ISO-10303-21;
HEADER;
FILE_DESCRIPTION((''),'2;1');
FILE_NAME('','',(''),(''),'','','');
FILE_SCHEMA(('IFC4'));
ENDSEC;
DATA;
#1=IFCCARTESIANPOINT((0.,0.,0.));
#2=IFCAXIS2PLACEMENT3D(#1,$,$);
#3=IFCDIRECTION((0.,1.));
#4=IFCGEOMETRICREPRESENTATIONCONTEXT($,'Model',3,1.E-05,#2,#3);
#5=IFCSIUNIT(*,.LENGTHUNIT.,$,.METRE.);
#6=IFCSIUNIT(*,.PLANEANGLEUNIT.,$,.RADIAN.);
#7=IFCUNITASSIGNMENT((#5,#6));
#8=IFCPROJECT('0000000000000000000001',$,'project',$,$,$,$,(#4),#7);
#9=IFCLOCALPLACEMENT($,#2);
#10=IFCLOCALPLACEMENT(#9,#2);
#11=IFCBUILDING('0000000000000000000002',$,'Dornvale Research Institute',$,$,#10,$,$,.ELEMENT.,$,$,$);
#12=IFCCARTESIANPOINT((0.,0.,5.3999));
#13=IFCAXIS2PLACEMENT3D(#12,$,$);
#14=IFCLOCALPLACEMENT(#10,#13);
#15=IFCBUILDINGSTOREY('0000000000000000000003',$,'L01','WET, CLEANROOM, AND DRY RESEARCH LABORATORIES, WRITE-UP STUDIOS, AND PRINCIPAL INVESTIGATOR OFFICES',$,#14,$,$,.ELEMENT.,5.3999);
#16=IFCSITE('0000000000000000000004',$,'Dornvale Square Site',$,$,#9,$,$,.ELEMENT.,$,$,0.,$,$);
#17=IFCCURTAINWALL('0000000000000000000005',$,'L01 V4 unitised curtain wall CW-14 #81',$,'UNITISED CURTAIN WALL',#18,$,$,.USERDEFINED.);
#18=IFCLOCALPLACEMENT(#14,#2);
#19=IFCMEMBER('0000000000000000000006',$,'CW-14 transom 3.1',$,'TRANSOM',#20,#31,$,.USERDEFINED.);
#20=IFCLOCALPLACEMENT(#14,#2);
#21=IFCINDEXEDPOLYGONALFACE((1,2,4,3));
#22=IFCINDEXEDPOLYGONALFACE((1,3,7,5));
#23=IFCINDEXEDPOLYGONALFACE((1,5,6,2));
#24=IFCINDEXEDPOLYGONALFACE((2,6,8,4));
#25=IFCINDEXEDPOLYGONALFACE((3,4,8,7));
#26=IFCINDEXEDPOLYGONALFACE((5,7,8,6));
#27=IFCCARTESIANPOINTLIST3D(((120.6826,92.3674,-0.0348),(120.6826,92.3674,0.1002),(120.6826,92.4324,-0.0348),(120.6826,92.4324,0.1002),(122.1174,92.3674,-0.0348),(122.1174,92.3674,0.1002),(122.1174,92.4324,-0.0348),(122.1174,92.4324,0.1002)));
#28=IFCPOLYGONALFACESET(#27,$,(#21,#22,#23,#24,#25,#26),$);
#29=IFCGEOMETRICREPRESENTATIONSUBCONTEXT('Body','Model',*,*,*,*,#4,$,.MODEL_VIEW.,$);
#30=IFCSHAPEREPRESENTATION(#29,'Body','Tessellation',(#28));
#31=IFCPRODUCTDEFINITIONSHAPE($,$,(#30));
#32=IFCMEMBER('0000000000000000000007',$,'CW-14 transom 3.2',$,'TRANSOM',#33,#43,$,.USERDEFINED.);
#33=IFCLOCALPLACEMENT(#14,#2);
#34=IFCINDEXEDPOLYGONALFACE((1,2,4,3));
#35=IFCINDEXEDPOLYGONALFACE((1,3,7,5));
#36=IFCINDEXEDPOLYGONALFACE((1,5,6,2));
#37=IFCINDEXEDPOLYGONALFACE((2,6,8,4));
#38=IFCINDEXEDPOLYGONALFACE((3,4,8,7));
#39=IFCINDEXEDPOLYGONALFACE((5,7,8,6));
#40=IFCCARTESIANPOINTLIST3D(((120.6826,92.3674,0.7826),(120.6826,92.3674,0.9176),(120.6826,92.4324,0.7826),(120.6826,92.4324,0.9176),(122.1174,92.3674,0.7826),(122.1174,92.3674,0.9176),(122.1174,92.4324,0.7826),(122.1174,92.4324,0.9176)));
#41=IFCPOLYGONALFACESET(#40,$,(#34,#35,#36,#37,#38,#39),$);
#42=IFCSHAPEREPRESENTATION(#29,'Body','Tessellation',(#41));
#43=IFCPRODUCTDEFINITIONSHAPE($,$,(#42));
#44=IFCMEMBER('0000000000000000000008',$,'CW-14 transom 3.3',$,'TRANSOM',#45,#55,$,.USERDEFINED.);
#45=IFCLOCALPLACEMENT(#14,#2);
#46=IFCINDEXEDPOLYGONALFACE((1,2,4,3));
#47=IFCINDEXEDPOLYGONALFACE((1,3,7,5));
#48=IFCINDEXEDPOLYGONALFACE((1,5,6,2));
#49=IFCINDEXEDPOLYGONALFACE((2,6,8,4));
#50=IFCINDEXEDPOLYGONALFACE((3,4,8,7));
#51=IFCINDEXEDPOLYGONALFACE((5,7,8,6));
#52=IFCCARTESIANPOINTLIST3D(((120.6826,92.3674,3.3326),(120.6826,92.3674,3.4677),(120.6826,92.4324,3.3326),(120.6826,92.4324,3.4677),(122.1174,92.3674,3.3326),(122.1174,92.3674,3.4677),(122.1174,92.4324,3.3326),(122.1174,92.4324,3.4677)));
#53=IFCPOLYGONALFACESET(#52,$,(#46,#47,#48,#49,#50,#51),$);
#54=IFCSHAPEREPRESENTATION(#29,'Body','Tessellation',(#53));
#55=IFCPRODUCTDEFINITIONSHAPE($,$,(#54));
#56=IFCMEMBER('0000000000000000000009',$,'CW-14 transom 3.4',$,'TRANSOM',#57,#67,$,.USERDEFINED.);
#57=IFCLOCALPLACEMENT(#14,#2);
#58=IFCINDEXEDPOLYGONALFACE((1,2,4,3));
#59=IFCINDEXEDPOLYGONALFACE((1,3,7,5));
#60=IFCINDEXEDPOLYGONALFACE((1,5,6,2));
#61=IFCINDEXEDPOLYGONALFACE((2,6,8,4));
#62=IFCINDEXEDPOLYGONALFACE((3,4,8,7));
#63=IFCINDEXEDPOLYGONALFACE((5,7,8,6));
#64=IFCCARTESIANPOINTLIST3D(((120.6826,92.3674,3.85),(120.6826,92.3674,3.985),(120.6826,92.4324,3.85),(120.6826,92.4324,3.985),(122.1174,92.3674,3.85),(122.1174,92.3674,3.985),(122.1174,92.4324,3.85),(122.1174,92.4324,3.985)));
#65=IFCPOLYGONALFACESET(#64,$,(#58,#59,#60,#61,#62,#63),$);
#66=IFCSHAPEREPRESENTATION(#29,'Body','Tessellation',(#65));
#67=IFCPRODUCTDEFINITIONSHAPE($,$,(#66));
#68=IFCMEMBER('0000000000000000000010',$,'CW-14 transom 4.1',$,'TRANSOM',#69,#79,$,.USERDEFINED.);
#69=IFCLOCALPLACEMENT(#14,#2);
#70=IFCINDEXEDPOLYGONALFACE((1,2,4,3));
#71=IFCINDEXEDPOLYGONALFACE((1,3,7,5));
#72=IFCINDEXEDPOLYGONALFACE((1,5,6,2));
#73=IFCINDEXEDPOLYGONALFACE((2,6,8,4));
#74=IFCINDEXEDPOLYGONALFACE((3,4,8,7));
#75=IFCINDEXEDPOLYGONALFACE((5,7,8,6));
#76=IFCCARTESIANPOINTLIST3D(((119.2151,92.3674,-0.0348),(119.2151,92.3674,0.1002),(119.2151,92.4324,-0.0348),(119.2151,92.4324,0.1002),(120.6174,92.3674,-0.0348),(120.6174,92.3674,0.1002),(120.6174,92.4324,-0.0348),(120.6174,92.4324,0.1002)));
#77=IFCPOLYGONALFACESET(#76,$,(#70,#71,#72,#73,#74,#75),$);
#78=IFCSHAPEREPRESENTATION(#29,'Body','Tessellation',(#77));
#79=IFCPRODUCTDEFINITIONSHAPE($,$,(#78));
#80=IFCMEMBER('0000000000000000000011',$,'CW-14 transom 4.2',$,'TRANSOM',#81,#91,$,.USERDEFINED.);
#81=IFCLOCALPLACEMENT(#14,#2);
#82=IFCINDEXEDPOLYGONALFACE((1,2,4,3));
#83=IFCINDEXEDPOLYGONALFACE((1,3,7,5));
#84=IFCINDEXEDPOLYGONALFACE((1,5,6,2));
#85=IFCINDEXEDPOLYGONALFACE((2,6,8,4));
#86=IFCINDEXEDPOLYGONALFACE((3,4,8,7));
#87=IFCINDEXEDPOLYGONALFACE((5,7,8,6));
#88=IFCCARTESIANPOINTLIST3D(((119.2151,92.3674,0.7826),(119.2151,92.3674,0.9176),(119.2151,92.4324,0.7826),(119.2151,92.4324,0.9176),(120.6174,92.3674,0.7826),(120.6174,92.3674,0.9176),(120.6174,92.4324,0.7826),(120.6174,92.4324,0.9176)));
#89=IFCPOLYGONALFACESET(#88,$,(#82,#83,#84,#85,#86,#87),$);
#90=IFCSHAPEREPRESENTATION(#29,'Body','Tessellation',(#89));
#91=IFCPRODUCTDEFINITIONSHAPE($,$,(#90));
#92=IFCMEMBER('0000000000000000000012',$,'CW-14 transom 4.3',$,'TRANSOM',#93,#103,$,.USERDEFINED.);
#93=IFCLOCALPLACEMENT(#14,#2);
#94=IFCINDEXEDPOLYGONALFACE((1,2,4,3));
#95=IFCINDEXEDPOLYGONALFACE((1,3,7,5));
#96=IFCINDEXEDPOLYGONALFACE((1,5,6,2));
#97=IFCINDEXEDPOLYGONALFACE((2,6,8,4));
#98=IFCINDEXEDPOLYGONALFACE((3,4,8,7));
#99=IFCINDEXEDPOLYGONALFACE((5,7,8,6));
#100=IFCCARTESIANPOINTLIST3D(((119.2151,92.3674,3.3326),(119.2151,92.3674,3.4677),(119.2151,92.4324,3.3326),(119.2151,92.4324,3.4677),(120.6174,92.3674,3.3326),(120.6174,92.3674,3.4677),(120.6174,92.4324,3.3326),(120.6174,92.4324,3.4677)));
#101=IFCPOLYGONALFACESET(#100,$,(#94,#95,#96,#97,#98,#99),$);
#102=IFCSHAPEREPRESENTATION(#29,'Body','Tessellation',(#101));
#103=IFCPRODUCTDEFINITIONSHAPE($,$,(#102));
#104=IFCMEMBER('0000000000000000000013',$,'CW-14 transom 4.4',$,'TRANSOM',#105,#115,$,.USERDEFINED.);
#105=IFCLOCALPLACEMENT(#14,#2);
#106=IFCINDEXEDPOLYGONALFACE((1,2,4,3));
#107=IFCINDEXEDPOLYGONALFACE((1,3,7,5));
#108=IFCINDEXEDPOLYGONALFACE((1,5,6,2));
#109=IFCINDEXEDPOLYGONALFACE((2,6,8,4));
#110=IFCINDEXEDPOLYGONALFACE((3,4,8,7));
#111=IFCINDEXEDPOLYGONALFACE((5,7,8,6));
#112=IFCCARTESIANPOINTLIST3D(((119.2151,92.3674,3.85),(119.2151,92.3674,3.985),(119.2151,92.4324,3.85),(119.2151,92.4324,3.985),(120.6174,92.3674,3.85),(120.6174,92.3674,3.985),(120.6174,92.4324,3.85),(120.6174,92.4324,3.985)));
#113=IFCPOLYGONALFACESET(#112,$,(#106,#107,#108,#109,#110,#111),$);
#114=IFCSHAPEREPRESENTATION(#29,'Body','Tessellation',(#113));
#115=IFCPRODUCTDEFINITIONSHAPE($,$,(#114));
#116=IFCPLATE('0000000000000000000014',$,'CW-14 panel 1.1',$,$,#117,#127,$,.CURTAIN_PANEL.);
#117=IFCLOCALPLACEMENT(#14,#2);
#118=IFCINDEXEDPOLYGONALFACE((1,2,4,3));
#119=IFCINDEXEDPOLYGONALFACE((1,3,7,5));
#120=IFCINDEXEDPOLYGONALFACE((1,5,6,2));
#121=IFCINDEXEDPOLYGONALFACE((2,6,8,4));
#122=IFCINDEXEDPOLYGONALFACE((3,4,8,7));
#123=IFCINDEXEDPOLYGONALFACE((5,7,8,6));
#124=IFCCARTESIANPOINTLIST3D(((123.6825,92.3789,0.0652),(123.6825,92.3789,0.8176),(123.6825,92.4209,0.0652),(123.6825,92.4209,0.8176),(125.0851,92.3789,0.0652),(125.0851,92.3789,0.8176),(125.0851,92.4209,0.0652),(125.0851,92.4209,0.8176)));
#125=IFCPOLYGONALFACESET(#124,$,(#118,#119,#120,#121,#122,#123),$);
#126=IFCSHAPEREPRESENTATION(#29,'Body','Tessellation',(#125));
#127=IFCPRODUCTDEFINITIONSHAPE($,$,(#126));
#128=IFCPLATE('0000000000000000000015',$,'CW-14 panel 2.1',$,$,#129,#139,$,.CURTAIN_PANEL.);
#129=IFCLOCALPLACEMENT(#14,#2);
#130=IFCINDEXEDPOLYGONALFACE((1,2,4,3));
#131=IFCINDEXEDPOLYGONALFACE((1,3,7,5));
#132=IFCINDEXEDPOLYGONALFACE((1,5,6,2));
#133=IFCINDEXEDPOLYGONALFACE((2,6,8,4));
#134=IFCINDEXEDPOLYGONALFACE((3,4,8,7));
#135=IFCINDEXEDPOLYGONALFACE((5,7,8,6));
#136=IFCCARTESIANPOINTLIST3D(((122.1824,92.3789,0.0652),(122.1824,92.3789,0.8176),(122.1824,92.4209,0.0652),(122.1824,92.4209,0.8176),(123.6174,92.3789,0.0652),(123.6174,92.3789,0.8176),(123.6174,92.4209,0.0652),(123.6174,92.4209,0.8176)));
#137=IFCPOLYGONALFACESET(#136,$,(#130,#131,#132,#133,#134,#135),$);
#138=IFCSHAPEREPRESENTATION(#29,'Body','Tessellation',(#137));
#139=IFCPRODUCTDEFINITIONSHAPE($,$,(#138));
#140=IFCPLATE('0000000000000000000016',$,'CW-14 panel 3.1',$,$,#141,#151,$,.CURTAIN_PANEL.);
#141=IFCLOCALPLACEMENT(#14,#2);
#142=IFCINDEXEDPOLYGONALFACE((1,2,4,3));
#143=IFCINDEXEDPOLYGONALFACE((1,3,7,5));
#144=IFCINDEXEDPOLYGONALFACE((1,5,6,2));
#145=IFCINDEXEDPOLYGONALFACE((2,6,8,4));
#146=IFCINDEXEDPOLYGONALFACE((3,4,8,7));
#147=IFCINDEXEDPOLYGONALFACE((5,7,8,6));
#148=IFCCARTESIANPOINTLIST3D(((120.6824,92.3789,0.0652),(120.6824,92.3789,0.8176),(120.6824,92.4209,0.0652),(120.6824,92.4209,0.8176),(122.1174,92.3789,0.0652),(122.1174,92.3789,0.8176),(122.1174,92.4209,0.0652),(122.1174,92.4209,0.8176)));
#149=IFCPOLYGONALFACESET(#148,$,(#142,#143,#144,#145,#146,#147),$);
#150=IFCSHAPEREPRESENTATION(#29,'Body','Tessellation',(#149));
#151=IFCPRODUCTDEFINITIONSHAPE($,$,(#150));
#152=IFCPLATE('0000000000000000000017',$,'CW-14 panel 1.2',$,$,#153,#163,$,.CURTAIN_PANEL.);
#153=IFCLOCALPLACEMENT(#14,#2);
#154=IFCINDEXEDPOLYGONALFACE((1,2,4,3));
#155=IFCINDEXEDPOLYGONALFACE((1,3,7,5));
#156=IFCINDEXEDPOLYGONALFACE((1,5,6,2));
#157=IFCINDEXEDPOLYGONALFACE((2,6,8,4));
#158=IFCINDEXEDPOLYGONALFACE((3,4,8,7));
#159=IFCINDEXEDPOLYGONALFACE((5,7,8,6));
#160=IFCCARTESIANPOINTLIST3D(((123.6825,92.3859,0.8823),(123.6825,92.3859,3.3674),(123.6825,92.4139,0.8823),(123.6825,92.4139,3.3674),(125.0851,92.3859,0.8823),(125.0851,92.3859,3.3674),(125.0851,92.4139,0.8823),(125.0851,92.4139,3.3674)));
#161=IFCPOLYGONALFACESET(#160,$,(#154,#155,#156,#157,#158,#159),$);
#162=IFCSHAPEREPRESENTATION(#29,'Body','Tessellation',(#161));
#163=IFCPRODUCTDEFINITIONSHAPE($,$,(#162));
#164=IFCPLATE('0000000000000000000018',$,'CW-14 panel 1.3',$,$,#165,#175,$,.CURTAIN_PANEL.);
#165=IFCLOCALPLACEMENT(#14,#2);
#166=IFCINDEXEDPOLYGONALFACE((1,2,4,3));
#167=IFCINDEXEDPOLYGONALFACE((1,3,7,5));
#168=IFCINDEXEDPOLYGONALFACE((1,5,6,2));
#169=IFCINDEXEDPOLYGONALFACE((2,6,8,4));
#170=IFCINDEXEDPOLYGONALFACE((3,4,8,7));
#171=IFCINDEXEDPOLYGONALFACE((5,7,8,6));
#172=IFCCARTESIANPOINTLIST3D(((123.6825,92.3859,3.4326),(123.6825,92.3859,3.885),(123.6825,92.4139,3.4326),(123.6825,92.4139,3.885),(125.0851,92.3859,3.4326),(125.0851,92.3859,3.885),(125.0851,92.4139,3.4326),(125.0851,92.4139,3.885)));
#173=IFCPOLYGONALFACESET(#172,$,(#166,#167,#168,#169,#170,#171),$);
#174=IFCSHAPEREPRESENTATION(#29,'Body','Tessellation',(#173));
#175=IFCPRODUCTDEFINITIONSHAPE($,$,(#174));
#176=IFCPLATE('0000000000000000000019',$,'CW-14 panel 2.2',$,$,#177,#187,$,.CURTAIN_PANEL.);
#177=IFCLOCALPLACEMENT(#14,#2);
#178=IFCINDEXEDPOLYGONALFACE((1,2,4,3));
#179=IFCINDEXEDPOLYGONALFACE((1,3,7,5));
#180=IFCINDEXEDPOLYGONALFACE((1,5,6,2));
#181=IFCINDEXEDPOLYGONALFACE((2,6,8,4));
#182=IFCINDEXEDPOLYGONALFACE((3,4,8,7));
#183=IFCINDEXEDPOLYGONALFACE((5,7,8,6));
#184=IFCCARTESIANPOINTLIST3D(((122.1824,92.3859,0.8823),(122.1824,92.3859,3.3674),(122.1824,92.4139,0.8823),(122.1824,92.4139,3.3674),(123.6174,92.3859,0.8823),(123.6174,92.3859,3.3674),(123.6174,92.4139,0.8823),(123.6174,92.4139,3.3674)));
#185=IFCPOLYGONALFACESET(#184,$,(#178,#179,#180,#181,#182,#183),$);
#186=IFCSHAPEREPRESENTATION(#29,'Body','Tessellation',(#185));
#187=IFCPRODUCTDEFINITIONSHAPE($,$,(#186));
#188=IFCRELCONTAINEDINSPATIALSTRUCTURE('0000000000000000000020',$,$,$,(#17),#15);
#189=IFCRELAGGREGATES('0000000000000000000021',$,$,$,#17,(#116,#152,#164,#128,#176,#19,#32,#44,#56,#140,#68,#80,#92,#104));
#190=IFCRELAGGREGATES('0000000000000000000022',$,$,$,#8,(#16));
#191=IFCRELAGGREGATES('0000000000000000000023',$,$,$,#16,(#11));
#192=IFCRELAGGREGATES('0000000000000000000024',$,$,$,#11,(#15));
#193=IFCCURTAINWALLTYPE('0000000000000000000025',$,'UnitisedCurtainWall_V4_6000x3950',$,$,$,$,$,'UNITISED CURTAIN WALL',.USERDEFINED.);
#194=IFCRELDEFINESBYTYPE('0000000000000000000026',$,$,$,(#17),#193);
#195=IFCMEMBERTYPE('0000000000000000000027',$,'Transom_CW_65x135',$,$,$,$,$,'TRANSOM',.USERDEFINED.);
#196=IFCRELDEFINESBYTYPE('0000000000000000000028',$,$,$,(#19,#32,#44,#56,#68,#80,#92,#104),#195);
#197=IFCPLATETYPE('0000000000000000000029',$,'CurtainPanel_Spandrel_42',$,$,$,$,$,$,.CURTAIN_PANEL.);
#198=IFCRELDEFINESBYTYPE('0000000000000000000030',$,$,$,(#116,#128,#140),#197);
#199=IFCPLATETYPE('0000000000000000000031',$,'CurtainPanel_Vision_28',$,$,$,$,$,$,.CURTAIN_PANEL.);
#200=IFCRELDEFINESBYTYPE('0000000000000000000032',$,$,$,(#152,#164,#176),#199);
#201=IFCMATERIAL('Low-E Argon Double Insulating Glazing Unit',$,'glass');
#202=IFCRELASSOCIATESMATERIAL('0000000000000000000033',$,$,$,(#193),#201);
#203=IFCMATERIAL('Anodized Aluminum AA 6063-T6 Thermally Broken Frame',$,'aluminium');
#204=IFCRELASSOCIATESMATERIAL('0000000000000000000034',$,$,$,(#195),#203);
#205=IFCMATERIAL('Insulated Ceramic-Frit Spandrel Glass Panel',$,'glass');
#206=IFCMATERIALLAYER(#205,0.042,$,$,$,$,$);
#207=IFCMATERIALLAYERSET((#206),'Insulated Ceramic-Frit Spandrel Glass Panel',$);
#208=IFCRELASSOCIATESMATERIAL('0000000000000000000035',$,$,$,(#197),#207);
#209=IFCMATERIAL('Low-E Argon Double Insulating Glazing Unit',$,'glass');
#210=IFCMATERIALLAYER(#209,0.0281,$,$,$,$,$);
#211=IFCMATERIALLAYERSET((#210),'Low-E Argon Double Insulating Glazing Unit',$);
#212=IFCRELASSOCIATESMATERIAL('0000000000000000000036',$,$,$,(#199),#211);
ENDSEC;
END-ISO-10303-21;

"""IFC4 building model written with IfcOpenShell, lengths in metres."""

from ifc_helpers import new_model, si_unit, direction, frame, origin, origin_2d, place, context, subcontext, project, spatial, rectangle, extrude, material, layer, layer_set, material_profile, profile_set, type_object, element, aggregate, save


model = new_model("IFC4")

# Units and contexts
model_context = context("Model", 3, precision=1e-05, world=origin(), true_north=direction((0.0, 1.0)))
body_context = subcontext(model_context, "Body", "Model", "MODEL_VIEW")
ifc_project = project(units=[si_unit("LENGTHUNIT", "METRE"), si_unit("PLANEANGLEUNIT", "RADIAN")], contexts=[model_context])

# Site, building, storey
site_placement = place(None, origin())
site = spatial("IfcSite", under=ifc_project, at=site_placement, Name="Dornvale Square Site", CompositionType="ELEMENT", RefElevation=0.0)
building_placement = place(site_placement, origin())
building = spatial("IfcBuilding", under=site, at=building_placement, Name="Dornvale Research Institute", CompositionType="ELEMENT")
storey_placement = place(building_placement, frame((0.0, 0.0, 5.3999)))
storey = spatial("IfcBuildingStorey", under=building, at=storey_placement, Name="L01", Description="WET, CLEANROOM, AND DRY RESEARCH LABORATORIES, WRITE-UP STUDIOS, AND PRINCIPAL INVESTIGATOR OFFICES", CompositionType="ELEMENT", Elevation=5.3999)

# Curtain wall
ifc_material_1 = material(Name="Low-E Argon Double Insulating Glazing Unit", Category="glass")
curtain_wall_type = type_object("IfcCurtainWallType", Name="UnitisedCurtainWall_V4_6000x3950", ElementType="UNITISED CURTAIN WALL", PredefinedType="USERDEFINED", material=ifc_material_1)
curtain_wall_placement = place(storey_placement, origin())
curtain_wall = element("IfcCurtainWall", 1, at=curtain_wall_placement, inside=storey, type_object=curtain_wall_type, Name="L01 V4 unitised curtain wall CW-14 #81", ObjectType="UNITISED CURTAIN WALL", PredefinedType="USERDEFINED")

# Members
ifc_material_2 = material(Name="Anodized Aluminum AA 6063-T6 Thermally Broken Frame", Category="aluminium")
ifc_material_profile_1 = material_profile(ifc_material_2, rectangle(XDim=0.0649, YDim=0.135, at=origin_2d()), Name="ALU TRANSOM 65x135")
ifc_profile_set_1 = profile_set([ifc_material_profile_1], Name="Anodized Aluminum AA 6063-T6 Thermally Broken Frame")
member_type_1 = type_object("IfcMemberType", Name="Transom_CW_65x135", ElementType="TRANSOM", PredefinedType="USERDEFINED", material=ifc_profile_set_1)
member_1_placement = place(storey_placement, frame((122.1174, 92.3999, 0.0327), z_axis=(-1.0, 0.0, 0.0), x_axis=(0.0, -1.0, 0.0)))
member_1 = element("IfcMember", 2, at=member_1_placement, type_object=member_type_1, Name="CW-14 transom 3.1", ObjectType="TRANSOM", PredefinedType="USERDEFINED", context=body_context, shape_type="SweptSolid", body=[
    extrude(rectangle(XDim=0.0649, YDim=0.135, at=origin_2d()), origin(), (0.0, 0.0, 1.0), 1.4348),
])
member_2_placement = place(storey_placement, frame((122.1174, 92.3999, 0.8501), z_axis=(-1.0, 0.0, 0.0), x_axis=(0.0, -1.0, 0.0)))
member_2 = element("IfcMember", 3, at=member_2_placement, type_object=member_type_1, Name="CW-14 transom 3.2", ObjectType="TRANSOM", PredefinedType="USERDEFINED", context=body_context, shape_type="SweptSolid", body=[
    extrude(rectangle(XDim=0.0649, YDim=0.135, at=origin_2d()), origin(), (0.0, 0.0, 1.0), 1.4348),
])
member_3_placement = place(storey_placement, frame((122.1174, 92.3999, 3.4001), z_axis=(-1.0, 0.0, 0.0), x_axis=(0.0, -1.0, 0.0)))
member_3 = element("IfcMember", 4, at=member_3_placement, type_object=member_type_1, Name="CW-14 transom 3.3", ObjectType="TRANSOM", PredefinedType="USERDEFINED", context=body_context, shape_type="SweptSolid", body=[
    extrude(rectangle(XDim=0.0649, YDim=0.135, at=origin_2d()), origin(), (0.0, 0.0, 1.0), 1.4348),
])
member_4_placement = place(storey_placement, frame((122.1174, 92.3999, 3.9175), z_axis=(-1.0, 0.0, 0.0), x_axis=(0.0, -1.0, 0.0)))
member_4 = element("IfcMember", 5, at=member_4_placement, type_object=member_type_1, Name="CW-14 transom 3.4", ObjectType="TRANSOM", PredefinedType="USERDEFINED", context=body_context, shape_type="SweptSolid", body=[
    extrude(rectangle(XDim=0.0649, YDim=0.135, at=origin_2d()), origin(), (0.0, 0.0, 1.0), 1.4348),
])
member_5_placement = place(storey_placement, frame((120.6174, 92.3999, 0.0327), z_axis=(-1.0, 0.0, 0.0), x_axis=(0.0, -1.0, 0.0)))
member_5 = element("IfcMember", 6, at=member_5_placement, type_object=member_type_1, Name="CW-14 transom 4.1", ObjectType="TRANSOM", PredefinedType="USERDEFINED", context=body_context, shape_type="SweptSolid", body=[
    extrude(rectangle(XDim=0.0649, YDim=0.135, at=origin_2d()), origin(), (0.0, 0.0, 1.0), 1.4023),
])
member_6_placement = place(storey_placement, frame((120.6174, 92.3999, 0.8501), z_axis=(-1.0, 0.0, 0.0), x_axis=(0.0, -1.0, 0.0)))
member_6 = element("IfcMember", 7, at=member_6_placement, type_object=member_type_1, Name="CW-14 transom 4.2", ObjectType="TRANSOM", PredefinedType="USERDEFINED", context=body_context, shape_type="SweptSolid", body=[
    extrude(rectangle(XDim=0.0649, YDim=0.135, at=origin_2d()), origin(), (0.0, 0.0, 1.0), 1.4023),
])
member_7_placement = place(storey_placement, frame((120.6174, 92.3999, 3.4001), z_axis=(-1.0, 0.0, 0.0), x_axis=(0.0, -1.0, 0.0)))
member_7 = element("IfcMember", 8, at=member_7_placement, type_object=member_type_1, Name="CW-14 transom 4.3", ObjectType="TRANSOM", PredefinedType="USERDEFINED", context=body_context, shape_type="SweptSolid", body=[
    extrude(rectangle(XDim=0.0649, YDim=0.135, at=origin_2d()), origin(), (0.0, 0.0, 1.0), 1.4023),
])
member_8_placement = place(storey_placement, frame((120.6174, 92.3999, 3.9175), z_axis=(-1.0, 0.0, 0.0), x_axis=(0.0, -1.0, 0.0)))
member_8 = element("IfcMember", 9, at=member_8_placement, type_object=member_type_1, Name="CW-14 transom 4.4", ObjectType="TRANSOM", PredefinedType="USERDEFINED", context=body_context, shape_type="SweptSolid", body=[
    extrude(rectangle(XDim=0.0649, YDim=0.135, at=origin_2d()), origin(), (0.0, 0.0, 1.0), 1.4023),
])

# Plates
ifc_material_3 = material(Name="Insulated Ceramic-Frit Spandrel Glass Panel", Category="glass")
ifc_layer_1 = layer(ifc_material_3, 0.042)
ifc_layer_set_1 = layer_set([ifc_layer_1], Name="Insulated Ceramic-Frit Spandrel Glass Panel")
plate_type_1 = type_object("IfcPlateType", Name="CurtainPanel_Spandrel_42", PredefinedType="CURTAIN_PANEL", material=ifc_layer_set_1)
plate_1_placement = place(storey_placement, frame((124.3838, 92.3999, 0.0652), z_axis=(0.0, 0.0, 1.0), x_axis=(-1.0, 0.0, 0.0)))
plate_1 = element("IfcPlate", 10, at=plate_1_placement, type_object=plate_type_1, Name="CW-14 panel 1.1", PredefinedType="CURTAIN_PANEL", context=body_context, shape_type="SweptSolid", body=[
    extrude(rectangle(XDim=1.4026, YDim=0.042, at=origin_2d()), origin(), (0.0, 0.0, 1.0), 0.7524),
])
plate_2_placement = place(storey_placement, frame((122.8999, 92.3999, 0.0652), z_axis=(0.0, 0.0, 1.0), x_axis=(-1.0, 0.0, 0.0)))
plate_2 = element("IfcPlate", 11, at=plate_2_placement, type_object=plate_type_1, Name="CW-14 panel 2.1", PredefinedType="CURTAIN_PANEL", context=body_context, shape_type="SweptSolid", body=[
    extrude(rectangle(XDim=1.4351, YDim=0.042, at=origin_2d()), origin(), (0.0, 0.0, 1.0), 0.7524),
])
plate_3_placement = place(storey_placement, frame((121.3999, 92.3999, 0.0652), z_axis=(0.0, 0.0, 1.0), x_axis=(-1.0, 0.0, 0.0)))
plate_3 = element("IfcPlate", 12, at=plate_3_placement, type_object=plate_type_1, Name="CW-14 panel 3.1", PredefinedType="CURTAIN_PANEL", context=body_context, shape_type="SweptSolid", body=[
    extrude(rectangle(XDim=1.4351, YDim=0.042, at=origin_2d()), origin(), (0.0, 0.0, 1.0), 0.7524),
])
ifc_material_4 = material(Name="Low-E Argon Double Insulating Glazing Unit", Category="glass")
ifc_layer_2 = layer(ifc_material_4, 0.0281)
ifc_layer_set_2 = layer_set([ifc_layer_2], Name="Low-E Argon Double Insulating Glazing Unit")
plate_type_2 = type_object("IfcPlateType", Name="CurtainPanel_Vision_28", PredefinedType="CURTAIN_PANEL", material=ifc_layer_set_2)
plate_4_placement = place(storey_placement, frame((124.3838, 92.3999, 0.8823), z_axis=(0.0, 0.0, 1.0), x_axis=(-1.0, 0.0, 0.0)))
plate_4 = element("IfcPlate", 13, at=plate_4_placement, type_object=plate_type_2, Name="CW-14 panel 1.2", PredefinedType="CURTAIN_PANEL", context=body_context, shape_type="SweptSolid", body=[
    extrude(rectangle(XDim=1.4026, YDim=0.0281, at=origin_2d()), origin(), (0.0, 0.0, 1.0), 2.4851),
])
plate_5_placement = place(storey_placement, frame((124.3838, 92.3999, 3.4326), z_axis=(0.0, 0.0, 1.0), x_axis=(-1.0, 0.0, 0.0)))
plate_5 = element("IfcPlate", 14, at=plate_5_placement, type_object=plate_type_2, Name="CW-14 panel 1.3", PredefinedType="CURTAIN_PANEL", context=body_context, shape_type="SweptSolid", body=[
    extrude(rectangle(XDim=1.4026, YDim=0.0281, at=origin_2d()), origin(), (0.0, 0.0, 1.0), 0.4524),
])
plate_6_placement = place(storey_placement, frame((122.8999, 92.3999, 0.8823), z_axis=(0.0, 0.0, 1.0), x_axis=(-1.0, 0.0, 0.0)))
plate_6 = element("IfcPlate", 15, at=plate_6_placement, type_object=plate_type_2, Name="CW-14 panel 2.2", PredefinedType="CURTAIN_PANEL", context=body_context, shape_type="SweptSolid", body=[
    extrude(rectangle(XDim=1.4351, YDim=0.0281, at=origin_2d()), origin(), (0.0, 0.0, 1.0), 2.4851),
])
aggregate(curtain_wall, [plate_1, plate_4, plate_5, plate_2, plate_6, member_1, member_2, member_3, member_4, plate_3, member_5, member_6, member_7, member_8])

save(model, "model.ifc")
